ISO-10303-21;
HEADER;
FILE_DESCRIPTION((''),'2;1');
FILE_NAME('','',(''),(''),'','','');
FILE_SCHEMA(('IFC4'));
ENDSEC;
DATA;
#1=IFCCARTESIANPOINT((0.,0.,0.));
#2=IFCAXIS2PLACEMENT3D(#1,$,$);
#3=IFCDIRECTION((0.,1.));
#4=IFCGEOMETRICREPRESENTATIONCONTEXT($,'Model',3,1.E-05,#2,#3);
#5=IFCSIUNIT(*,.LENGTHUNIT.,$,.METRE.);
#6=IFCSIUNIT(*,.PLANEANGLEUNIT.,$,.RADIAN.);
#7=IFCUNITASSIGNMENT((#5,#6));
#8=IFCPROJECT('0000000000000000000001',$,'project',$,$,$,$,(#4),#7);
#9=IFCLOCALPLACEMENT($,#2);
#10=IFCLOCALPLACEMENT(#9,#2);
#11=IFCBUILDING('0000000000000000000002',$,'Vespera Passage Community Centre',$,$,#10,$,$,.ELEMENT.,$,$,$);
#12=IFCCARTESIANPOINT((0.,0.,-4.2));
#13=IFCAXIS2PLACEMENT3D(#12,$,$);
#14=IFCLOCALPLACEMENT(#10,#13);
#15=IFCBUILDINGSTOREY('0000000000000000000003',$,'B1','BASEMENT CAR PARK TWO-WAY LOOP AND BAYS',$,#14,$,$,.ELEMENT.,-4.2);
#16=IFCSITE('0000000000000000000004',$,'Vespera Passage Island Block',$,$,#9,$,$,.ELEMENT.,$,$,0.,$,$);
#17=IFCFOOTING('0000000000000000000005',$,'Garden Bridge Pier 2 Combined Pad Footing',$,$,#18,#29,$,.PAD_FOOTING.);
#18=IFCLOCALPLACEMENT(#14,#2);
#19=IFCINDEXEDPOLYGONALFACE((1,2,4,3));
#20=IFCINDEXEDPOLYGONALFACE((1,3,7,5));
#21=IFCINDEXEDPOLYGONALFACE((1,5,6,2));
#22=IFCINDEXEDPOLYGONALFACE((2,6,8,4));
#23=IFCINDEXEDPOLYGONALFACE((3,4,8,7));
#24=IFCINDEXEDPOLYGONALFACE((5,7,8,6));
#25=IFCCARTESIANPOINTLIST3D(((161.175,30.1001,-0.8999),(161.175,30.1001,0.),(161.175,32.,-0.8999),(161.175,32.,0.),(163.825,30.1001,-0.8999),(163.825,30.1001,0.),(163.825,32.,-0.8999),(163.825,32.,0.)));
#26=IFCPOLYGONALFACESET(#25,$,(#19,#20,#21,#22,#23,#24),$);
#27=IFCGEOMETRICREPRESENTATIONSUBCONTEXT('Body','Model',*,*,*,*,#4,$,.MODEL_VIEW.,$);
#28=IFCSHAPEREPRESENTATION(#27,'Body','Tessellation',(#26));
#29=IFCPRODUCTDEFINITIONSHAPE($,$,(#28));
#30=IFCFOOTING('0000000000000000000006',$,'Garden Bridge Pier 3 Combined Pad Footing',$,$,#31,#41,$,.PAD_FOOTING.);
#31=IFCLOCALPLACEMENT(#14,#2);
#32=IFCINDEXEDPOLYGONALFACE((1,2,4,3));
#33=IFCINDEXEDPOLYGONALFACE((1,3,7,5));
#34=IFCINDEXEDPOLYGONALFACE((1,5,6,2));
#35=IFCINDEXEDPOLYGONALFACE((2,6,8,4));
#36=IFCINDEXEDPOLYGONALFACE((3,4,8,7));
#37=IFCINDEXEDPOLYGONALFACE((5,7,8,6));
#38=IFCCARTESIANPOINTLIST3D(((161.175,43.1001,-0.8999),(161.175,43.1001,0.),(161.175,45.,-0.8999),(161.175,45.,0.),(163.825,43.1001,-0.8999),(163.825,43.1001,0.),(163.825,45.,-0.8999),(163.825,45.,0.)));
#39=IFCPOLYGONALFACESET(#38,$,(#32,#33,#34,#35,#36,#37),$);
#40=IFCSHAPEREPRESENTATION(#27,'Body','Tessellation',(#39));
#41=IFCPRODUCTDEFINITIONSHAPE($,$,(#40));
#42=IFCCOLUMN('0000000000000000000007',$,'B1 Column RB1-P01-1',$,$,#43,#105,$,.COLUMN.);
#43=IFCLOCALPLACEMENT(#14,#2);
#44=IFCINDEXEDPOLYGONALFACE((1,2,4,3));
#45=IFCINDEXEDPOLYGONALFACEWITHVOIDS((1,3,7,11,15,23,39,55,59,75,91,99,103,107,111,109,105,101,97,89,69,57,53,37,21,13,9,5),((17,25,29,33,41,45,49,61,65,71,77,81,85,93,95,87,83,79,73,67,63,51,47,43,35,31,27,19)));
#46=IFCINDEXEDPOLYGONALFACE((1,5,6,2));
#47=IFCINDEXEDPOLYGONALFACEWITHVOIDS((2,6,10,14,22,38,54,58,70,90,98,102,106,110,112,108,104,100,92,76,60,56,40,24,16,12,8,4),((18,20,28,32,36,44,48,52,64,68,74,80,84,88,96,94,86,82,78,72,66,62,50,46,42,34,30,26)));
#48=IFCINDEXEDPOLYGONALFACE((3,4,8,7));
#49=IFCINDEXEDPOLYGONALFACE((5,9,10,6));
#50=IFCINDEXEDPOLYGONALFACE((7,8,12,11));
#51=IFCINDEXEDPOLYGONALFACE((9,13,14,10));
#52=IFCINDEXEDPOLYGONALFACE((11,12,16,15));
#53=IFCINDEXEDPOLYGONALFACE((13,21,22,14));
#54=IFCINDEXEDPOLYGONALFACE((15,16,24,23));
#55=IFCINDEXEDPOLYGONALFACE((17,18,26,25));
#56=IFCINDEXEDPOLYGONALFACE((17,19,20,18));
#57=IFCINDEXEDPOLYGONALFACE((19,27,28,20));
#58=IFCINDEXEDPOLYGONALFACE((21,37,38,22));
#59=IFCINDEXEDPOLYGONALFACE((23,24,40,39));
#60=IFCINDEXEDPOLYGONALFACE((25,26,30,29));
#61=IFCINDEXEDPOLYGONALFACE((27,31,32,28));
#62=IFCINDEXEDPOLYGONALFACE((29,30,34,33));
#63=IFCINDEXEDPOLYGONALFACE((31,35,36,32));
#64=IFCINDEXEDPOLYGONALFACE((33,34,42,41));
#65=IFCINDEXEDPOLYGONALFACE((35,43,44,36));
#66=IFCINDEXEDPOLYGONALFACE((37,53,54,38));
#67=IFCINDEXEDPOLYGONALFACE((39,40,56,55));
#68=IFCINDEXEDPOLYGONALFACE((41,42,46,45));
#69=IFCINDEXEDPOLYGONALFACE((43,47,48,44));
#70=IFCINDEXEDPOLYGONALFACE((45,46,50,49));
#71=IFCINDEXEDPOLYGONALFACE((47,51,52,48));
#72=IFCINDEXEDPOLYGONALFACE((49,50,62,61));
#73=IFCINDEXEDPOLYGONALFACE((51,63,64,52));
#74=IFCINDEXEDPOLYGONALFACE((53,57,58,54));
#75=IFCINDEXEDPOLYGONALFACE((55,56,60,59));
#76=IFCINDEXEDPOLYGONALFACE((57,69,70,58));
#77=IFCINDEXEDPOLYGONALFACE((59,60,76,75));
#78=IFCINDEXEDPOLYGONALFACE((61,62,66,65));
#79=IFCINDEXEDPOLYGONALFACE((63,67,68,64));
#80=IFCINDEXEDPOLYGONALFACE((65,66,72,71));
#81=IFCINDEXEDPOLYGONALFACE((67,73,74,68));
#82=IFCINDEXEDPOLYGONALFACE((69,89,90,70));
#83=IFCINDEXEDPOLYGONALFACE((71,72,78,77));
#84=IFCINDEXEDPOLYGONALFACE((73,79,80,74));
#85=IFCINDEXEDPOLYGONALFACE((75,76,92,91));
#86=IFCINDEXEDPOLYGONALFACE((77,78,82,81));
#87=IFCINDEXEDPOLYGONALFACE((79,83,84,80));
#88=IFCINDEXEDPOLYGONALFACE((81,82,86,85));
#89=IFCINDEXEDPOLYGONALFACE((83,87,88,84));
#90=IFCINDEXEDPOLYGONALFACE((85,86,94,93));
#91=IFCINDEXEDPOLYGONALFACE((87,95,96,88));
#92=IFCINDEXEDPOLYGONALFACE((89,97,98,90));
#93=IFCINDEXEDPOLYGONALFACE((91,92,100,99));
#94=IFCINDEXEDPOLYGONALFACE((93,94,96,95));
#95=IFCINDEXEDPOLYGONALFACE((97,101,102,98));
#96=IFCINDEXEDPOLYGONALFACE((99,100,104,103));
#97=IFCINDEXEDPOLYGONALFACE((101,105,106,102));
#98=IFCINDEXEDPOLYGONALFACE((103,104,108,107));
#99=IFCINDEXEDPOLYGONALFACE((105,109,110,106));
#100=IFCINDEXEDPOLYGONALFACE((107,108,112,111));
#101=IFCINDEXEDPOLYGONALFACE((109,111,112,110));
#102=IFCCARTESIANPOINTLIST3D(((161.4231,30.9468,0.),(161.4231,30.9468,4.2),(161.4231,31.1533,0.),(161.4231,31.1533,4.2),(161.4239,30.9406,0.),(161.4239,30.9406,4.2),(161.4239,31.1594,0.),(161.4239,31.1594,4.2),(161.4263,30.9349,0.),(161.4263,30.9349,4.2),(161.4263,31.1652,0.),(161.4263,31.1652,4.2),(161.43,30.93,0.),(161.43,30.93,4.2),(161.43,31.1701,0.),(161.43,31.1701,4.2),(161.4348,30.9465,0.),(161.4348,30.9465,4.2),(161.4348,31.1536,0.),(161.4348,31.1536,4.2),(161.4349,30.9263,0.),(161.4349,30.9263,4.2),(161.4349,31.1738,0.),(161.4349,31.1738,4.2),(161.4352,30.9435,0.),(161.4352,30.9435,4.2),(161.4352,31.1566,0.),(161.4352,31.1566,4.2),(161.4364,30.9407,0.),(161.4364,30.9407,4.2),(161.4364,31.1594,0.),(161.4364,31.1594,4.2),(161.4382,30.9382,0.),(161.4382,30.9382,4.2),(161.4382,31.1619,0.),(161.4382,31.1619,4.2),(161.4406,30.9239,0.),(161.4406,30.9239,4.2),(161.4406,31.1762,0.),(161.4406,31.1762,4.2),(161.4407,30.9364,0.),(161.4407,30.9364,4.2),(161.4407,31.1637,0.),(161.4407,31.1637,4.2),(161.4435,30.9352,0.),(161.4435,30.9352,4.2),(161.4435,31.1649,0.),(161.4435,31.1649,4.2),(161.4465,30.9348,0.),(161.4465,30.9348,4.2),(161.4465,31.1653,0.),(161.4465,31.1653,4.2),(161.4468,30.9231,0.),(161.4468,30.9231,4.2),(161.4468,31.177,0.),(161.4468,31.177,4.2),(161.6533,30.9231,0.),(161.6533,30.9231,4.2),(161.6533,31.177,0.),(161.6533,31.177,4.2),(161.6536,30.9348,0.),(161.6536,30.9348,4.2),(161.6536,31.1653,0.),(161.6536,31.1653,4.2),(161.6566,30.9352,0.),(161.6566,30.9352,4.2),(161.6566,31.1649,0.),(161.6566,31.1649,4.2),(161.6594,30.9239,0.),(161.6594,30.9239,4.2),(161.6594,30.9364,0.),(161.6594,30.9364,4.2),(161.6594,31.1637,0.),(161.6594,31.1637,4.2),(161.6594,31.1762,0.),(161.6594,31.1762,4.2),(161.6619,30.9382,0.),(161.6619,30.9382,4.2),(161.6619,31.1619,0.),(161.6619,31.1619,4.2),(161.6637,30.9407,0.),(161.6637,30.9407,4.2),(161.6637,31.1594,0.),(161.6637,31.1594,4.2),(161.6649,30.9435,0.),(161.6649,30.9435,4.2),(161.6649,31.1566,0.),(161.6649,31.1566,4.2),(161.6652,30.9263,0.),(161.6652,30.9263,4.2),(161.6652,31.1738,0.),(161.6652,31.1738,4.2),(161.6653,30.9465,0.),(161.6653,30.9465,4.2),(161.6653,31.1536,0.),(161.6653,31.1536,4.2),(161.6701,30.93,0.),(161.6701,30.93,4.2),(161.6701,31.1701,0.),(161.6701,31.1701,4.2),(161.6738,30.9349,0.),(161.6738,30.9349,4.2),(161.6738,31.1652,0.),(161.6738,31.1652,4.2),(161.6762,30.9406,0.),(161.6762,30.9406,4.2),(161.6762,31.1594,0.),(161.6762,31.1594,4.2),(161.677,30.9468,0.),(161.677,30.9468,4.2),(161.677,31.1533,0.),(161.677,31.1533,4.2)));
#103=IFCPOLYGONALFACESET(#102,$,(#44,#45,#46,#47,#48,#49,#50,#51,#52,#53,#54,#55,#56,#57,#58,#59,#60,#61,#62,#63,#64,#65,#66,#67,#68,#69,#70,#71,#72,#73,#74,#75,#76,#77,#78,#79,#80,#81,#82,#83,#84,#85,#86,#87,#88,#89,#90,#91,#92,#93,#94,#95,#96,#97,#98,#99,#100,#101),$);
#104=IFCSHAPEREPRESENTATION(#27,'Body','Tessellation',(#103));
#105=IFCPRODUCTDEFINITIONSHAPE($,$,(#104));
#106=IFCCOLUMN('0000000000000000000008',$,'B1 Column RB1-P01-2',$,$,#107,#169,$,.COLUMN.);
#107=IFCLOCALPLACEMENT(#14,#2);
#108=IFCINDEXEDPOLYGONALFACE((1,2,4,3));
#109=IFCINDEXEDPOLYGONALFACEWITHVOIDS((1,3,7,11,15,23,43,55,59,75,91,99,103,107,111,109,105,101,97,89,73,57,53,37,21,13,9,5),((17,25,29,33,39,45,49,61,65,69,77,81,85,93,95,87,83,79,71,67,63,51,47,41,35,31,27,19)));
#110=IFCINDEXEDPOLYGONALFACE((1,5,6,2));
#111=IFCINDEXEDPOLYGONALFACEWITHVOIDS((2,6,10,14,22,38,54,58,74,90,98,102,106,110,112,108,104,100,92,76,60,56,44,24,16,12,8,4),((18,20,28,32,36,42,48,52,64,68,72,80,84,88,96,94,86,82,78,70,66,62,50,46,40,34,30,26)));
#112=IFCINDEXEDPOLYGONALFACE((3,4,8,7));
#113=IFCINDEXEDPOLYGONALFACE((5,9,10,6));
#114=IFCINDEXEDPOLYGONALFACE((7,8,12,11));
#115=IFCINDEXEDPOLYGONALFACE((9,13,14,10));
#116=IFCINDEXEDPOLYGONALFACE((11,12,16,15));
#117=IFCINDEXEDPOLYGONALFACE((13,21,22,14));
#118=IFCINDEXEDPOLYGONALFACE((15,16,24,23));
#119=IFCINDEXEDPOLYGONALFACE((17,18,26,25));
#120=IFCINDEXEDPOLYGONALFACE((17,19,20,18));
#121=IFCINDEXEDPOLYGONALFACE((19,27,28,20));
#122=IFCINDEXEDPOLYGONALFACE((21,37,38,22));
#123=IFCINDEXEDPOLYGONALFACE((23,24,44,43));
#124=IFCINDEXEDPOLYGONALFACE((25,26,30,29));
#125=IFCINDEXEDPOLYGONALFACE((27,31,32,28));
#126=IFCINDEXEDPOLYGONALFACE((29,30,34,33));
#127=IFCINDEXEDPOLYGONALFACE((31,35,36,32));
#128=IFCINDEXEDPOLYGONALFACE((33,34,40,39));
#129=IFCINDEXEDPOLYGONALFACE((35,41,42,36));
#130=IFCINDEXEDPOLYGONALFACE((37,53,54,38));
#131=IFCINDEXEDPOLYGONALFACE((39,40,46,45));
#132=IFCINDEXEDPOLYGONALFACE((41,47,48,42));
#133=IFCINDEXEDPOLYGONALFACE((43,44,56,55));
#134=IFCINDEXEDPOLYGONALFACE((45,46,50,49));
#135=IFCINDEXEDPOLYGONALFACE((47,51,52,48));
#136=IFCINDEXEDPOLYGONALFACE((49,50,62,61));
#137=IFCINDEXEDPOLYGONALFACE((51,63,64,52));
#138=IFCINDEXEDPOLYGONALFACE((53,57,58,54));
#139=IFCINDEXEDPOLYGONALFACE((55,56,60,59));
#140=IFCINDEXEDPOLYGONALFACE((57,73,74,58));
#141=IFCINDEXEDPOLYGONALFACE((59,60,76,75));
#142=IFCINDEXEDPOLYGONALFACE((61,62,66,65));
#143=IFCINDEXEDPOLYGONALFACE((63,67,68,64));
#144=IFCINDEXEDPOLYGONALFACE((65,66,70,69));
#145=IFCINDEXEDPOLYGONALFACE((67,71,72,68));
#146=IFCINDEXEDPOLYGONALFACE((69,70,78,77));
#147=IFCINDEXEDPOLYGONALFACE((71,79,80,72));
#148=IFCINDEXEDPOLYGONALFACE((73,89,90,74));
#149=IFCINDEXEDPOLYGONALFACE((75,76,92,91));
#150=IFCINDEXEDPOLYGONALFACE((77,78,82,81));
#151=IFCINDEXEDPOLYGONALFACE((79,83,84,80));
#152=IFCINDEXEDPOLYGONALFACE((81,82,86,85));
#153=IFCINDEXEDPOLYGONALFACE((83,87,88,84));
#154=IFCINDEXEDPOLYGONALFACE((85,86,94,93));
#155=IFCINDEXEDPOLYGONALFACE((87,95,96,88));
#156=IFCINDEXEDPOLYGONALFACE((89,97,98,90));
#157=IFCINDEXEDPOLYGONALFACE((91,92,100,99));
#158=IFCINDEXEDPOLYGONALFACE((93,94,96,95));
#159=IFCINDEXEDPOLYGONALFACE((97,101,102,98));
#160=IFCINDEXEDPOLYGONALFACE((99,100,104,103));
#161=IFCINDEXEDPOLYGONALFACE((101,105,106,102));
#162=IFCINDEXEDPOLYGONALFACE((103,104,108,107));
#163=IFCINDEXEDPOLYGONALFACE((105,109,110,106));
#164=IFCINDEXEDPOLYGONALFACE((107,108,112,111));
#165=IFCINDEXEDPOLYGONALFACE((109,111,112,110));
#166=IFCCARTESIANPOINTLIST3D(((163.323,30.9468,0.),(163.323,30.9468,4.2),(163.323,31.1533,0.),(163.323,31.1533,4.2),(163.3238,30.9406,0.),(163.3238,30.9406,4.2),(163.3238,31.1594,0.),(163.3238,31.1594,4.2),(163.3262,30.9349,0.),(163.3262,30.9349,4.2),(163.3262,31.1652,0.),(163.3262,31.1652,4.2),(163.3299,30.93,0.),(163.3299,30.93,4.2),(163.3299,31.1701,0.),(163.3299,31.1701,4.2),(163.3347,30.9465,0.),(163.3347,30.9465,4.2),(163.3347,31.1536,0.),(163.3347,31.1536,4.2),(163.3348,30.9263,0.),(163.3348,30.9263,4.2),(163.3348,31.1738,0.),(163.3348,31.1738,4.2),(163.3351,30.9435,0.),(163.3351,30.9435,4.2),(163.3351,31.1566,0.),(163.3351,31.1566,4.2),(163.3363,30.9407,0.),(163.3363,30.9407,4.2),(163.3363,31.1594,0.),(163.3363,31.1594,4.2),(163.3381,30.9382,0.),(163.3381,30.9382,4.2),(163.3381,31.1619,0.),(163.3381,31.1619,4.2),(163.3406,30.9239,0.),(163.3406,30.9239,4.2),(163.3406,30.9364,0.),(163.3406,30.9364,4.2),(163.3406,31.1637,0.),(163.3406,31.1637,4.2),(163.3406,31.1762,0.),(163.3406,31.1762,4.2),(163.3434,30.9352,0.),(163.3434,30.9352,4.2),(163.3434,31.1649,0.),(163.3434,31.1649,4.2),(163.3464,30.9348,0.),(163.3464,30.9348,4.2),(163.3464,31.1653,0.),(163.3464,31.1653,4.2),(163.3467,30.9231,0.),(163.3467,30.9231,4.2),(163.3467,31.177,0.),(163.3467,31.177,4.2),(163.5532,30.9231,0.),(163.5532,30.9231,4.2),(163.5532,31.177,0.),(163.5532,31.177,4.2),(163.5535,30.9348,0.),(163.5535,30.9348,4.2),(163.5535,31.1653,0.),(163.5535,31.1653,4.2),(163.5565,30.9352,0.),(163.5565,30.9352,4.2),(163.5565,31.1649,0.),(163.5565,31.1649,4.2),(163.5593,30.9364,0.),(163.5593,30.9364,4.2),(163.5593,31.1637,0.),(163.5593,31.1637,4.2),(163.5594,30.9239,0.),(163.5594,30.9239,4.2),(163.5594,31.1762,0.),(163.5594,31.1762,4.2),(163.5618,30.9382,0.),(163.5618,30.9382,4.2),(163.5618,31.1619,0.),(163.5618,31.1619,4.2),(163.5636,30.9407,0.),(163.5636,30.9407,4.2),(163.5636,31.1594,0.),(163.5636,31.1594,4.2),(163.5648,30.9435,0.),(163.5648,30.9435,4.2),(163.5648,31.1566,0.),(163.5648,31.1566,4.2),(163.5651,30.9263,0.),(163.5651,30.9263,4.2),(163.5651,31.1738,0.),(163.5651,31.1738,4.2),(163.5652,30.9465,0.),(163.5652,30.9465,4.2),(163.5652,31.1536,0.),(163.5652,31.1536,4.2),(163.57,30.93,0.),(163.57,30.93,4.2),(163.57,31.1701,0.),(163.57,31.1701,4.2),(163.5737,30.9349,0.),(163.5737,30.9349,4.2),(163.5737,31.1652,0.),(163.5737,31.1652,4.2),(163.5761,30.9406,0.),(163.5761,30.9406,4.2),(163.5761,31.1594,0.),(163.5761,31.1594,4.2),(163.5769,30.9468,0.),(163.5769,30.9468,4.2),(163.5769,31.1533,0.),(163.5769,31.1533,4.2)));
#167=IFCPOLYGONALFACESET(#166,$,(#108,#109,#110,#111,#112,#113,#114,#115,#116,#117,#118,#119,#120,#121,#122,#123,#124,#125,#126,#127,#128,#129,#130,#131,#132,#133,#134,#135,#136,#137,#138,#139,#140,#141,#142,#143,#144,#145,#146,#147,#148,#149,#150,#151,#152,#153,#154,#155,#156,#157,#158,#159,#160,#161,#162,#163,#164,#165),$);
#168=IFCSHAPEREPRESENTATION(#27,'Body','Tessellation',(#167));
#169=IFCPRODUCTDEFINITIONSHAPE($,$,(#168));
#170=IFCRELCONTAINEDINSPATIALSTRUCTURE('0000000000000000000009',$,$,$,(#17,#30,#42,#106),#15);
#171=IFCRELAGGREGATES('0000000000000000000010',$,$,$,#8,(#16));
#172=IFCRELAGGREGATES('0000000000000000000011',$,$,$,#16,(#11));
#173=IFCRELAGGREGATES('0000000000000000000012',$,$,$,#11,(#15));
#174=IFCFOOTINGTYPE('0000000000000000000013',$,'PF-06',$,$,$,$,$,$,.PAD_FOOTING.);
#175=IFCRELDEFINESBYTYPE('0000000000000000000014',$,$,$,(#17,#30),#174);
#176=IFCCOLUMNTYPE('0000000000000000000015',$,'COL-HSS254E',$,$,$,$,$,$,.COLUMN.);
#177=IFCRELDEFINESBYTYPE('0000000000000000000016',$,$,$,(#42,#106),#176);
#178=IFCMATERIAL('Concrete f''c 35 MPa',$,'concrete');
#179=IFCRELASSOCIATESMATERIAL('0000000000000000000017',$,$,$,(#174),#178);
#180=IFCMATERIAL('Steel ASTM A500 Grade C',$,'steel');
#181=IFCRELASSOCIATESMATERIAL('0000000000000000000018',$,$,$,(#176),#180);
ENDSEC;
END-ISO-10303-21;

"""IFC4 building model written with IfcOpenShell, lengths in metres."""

from ifc_helpers import new_model, si_unit, direction, frame, origin, origin_2d, place, context, subcontext, project, spatial, rectangle, hollow_rectangle, extrude, material, material_profile, profile_set, type_object, element, save


model = new_model("IFC4")

# Units and contexts
model_context = context("Model", 3, precision=1e-05, world=origin(), true_north=direction((0.0, 1.0)))
body_context = subcontext(model_context, "Body", "Model", "MODEL_VIEW")
ifc_project = project(units=[si_unit("LENGTHUNIT", "METRE"), si_unit("PLANEANGLEUNIT", "RADIAN")], contexts=[model_context])

# Site, building, storey
site_placement = place(None, origin())
site = spatial("IfcSite", under=ifc_project, at=site_placement, Name="Vespera Passage Island Block", CompositionType="ELEMENT", RefElevation=0.0)
building_placement = place(site_placement, origin())
building = spatial("IfcBuilding", under=site, at=building_placement, Name="Vespera Passage Community Centre", CompositionType="ELEMENT")
storey_placement = place(building_placement, frame((0.0, 0.0, -4.2)))
storey = spatial("IfcBuildingStorey", under=building, at=storey_placement, Name="B1", Description="BASEMENT CAR PARK TWO-WAY LOOP AND BAYS", CompositionType="ELEMENT", Elevation=-4.2)

# Footings
ifc_material_1 = material(Name="Concrete f'c 35 MPa", Category="concrete")
footing_type_1 = type_object("IfcFootingType", Name="PF-06", PredefinedType="PAD_FOOTING", material=ifc_material_1)
for number, where, z_axis, x_axis, name in (
    (1, (162.5, 31.05, -0.8999), (0.0, 0.0, 1.0), (1.0, 0.0, 0.0), "Garden Bridge Pier 2 Combined Pad Footing"),
    (2, (162.5, 44.05, -0.8999), (0.0, 0.0, 1.0), (1.0, 0.0, 0.0), "Garden Bridge Pier 3 Combined Pad Footing"),
):
    element("IfcFooting", number, at=place(storey_placement, frame(where, z_axis=z_axis, x_axis=x_axis)), inside=storey, type_object=footing_type_1, Name=name, PredefinedType="PAD_FOOTING", context=body_context, shape_type="SweptSolid", body=[
        extrude(rectangle(XDim=2.6499, YDim=1.8999, at=origin_2d()), origin(), (0.0, 0.0, 1.0), 0.8999),
    ])

# Columns
ifc_material_2 = material(Name="Steel ASTM A500 Grade C", Category="steel")
ifc_material_profile_1 = material_profile(ifc_material_2, hollow_rectangle(XDim=0.2539, YDim=0.2539, WallThickness=0.0117, InnerFilletRadius=0.0117, OuterFilletRadius=0.0237, at=origin_2d()), Name="HSS254X254X12.7")
ifc_profile_set_1 = profile_set([ifc_material_profile_1], Name="Steel ASTM A500 Grade C")
column_type_1 = type_object("IfcColumnType", Name="COL-HSS254E", PredefinedType="COLUMN", material=ifc_profile_set_1)
for number, where, z_axis, x_axis, name in (
    (3, (161.55, 31.05, 0.0), (0.0, 0.0, 1.0), (1.0, 0.0, 0.0), "B1 Column RB1-P01-1"),
    (4, (163.45, 31.05, 0.0), (0.0, 0.0, 1.0), (1.0, 0.0, 0.0), "B1 Column RB1-P01-2"),
):
    element("IfcColumn", number, at=place(storey_placement, frame(where, z_axis=z_axis, x_axis=x_axis)), inside=storey, type_object=column_type_1, Name=name, PredefinedType="COLUMN", context=body_context, shape_type="SweptSolid", body=[
        extrude(hollow_rectangle(XDim=0.2539, YDim=0.2539, WallThickness=0.0117, InnerFilletRadius=0.0117, OuterFilletRadius=0.0237, at=origin_2d()), origin(), (0.0, 0.0, 1.0), 4.2),
    ])

save(model, "model.ifc")
